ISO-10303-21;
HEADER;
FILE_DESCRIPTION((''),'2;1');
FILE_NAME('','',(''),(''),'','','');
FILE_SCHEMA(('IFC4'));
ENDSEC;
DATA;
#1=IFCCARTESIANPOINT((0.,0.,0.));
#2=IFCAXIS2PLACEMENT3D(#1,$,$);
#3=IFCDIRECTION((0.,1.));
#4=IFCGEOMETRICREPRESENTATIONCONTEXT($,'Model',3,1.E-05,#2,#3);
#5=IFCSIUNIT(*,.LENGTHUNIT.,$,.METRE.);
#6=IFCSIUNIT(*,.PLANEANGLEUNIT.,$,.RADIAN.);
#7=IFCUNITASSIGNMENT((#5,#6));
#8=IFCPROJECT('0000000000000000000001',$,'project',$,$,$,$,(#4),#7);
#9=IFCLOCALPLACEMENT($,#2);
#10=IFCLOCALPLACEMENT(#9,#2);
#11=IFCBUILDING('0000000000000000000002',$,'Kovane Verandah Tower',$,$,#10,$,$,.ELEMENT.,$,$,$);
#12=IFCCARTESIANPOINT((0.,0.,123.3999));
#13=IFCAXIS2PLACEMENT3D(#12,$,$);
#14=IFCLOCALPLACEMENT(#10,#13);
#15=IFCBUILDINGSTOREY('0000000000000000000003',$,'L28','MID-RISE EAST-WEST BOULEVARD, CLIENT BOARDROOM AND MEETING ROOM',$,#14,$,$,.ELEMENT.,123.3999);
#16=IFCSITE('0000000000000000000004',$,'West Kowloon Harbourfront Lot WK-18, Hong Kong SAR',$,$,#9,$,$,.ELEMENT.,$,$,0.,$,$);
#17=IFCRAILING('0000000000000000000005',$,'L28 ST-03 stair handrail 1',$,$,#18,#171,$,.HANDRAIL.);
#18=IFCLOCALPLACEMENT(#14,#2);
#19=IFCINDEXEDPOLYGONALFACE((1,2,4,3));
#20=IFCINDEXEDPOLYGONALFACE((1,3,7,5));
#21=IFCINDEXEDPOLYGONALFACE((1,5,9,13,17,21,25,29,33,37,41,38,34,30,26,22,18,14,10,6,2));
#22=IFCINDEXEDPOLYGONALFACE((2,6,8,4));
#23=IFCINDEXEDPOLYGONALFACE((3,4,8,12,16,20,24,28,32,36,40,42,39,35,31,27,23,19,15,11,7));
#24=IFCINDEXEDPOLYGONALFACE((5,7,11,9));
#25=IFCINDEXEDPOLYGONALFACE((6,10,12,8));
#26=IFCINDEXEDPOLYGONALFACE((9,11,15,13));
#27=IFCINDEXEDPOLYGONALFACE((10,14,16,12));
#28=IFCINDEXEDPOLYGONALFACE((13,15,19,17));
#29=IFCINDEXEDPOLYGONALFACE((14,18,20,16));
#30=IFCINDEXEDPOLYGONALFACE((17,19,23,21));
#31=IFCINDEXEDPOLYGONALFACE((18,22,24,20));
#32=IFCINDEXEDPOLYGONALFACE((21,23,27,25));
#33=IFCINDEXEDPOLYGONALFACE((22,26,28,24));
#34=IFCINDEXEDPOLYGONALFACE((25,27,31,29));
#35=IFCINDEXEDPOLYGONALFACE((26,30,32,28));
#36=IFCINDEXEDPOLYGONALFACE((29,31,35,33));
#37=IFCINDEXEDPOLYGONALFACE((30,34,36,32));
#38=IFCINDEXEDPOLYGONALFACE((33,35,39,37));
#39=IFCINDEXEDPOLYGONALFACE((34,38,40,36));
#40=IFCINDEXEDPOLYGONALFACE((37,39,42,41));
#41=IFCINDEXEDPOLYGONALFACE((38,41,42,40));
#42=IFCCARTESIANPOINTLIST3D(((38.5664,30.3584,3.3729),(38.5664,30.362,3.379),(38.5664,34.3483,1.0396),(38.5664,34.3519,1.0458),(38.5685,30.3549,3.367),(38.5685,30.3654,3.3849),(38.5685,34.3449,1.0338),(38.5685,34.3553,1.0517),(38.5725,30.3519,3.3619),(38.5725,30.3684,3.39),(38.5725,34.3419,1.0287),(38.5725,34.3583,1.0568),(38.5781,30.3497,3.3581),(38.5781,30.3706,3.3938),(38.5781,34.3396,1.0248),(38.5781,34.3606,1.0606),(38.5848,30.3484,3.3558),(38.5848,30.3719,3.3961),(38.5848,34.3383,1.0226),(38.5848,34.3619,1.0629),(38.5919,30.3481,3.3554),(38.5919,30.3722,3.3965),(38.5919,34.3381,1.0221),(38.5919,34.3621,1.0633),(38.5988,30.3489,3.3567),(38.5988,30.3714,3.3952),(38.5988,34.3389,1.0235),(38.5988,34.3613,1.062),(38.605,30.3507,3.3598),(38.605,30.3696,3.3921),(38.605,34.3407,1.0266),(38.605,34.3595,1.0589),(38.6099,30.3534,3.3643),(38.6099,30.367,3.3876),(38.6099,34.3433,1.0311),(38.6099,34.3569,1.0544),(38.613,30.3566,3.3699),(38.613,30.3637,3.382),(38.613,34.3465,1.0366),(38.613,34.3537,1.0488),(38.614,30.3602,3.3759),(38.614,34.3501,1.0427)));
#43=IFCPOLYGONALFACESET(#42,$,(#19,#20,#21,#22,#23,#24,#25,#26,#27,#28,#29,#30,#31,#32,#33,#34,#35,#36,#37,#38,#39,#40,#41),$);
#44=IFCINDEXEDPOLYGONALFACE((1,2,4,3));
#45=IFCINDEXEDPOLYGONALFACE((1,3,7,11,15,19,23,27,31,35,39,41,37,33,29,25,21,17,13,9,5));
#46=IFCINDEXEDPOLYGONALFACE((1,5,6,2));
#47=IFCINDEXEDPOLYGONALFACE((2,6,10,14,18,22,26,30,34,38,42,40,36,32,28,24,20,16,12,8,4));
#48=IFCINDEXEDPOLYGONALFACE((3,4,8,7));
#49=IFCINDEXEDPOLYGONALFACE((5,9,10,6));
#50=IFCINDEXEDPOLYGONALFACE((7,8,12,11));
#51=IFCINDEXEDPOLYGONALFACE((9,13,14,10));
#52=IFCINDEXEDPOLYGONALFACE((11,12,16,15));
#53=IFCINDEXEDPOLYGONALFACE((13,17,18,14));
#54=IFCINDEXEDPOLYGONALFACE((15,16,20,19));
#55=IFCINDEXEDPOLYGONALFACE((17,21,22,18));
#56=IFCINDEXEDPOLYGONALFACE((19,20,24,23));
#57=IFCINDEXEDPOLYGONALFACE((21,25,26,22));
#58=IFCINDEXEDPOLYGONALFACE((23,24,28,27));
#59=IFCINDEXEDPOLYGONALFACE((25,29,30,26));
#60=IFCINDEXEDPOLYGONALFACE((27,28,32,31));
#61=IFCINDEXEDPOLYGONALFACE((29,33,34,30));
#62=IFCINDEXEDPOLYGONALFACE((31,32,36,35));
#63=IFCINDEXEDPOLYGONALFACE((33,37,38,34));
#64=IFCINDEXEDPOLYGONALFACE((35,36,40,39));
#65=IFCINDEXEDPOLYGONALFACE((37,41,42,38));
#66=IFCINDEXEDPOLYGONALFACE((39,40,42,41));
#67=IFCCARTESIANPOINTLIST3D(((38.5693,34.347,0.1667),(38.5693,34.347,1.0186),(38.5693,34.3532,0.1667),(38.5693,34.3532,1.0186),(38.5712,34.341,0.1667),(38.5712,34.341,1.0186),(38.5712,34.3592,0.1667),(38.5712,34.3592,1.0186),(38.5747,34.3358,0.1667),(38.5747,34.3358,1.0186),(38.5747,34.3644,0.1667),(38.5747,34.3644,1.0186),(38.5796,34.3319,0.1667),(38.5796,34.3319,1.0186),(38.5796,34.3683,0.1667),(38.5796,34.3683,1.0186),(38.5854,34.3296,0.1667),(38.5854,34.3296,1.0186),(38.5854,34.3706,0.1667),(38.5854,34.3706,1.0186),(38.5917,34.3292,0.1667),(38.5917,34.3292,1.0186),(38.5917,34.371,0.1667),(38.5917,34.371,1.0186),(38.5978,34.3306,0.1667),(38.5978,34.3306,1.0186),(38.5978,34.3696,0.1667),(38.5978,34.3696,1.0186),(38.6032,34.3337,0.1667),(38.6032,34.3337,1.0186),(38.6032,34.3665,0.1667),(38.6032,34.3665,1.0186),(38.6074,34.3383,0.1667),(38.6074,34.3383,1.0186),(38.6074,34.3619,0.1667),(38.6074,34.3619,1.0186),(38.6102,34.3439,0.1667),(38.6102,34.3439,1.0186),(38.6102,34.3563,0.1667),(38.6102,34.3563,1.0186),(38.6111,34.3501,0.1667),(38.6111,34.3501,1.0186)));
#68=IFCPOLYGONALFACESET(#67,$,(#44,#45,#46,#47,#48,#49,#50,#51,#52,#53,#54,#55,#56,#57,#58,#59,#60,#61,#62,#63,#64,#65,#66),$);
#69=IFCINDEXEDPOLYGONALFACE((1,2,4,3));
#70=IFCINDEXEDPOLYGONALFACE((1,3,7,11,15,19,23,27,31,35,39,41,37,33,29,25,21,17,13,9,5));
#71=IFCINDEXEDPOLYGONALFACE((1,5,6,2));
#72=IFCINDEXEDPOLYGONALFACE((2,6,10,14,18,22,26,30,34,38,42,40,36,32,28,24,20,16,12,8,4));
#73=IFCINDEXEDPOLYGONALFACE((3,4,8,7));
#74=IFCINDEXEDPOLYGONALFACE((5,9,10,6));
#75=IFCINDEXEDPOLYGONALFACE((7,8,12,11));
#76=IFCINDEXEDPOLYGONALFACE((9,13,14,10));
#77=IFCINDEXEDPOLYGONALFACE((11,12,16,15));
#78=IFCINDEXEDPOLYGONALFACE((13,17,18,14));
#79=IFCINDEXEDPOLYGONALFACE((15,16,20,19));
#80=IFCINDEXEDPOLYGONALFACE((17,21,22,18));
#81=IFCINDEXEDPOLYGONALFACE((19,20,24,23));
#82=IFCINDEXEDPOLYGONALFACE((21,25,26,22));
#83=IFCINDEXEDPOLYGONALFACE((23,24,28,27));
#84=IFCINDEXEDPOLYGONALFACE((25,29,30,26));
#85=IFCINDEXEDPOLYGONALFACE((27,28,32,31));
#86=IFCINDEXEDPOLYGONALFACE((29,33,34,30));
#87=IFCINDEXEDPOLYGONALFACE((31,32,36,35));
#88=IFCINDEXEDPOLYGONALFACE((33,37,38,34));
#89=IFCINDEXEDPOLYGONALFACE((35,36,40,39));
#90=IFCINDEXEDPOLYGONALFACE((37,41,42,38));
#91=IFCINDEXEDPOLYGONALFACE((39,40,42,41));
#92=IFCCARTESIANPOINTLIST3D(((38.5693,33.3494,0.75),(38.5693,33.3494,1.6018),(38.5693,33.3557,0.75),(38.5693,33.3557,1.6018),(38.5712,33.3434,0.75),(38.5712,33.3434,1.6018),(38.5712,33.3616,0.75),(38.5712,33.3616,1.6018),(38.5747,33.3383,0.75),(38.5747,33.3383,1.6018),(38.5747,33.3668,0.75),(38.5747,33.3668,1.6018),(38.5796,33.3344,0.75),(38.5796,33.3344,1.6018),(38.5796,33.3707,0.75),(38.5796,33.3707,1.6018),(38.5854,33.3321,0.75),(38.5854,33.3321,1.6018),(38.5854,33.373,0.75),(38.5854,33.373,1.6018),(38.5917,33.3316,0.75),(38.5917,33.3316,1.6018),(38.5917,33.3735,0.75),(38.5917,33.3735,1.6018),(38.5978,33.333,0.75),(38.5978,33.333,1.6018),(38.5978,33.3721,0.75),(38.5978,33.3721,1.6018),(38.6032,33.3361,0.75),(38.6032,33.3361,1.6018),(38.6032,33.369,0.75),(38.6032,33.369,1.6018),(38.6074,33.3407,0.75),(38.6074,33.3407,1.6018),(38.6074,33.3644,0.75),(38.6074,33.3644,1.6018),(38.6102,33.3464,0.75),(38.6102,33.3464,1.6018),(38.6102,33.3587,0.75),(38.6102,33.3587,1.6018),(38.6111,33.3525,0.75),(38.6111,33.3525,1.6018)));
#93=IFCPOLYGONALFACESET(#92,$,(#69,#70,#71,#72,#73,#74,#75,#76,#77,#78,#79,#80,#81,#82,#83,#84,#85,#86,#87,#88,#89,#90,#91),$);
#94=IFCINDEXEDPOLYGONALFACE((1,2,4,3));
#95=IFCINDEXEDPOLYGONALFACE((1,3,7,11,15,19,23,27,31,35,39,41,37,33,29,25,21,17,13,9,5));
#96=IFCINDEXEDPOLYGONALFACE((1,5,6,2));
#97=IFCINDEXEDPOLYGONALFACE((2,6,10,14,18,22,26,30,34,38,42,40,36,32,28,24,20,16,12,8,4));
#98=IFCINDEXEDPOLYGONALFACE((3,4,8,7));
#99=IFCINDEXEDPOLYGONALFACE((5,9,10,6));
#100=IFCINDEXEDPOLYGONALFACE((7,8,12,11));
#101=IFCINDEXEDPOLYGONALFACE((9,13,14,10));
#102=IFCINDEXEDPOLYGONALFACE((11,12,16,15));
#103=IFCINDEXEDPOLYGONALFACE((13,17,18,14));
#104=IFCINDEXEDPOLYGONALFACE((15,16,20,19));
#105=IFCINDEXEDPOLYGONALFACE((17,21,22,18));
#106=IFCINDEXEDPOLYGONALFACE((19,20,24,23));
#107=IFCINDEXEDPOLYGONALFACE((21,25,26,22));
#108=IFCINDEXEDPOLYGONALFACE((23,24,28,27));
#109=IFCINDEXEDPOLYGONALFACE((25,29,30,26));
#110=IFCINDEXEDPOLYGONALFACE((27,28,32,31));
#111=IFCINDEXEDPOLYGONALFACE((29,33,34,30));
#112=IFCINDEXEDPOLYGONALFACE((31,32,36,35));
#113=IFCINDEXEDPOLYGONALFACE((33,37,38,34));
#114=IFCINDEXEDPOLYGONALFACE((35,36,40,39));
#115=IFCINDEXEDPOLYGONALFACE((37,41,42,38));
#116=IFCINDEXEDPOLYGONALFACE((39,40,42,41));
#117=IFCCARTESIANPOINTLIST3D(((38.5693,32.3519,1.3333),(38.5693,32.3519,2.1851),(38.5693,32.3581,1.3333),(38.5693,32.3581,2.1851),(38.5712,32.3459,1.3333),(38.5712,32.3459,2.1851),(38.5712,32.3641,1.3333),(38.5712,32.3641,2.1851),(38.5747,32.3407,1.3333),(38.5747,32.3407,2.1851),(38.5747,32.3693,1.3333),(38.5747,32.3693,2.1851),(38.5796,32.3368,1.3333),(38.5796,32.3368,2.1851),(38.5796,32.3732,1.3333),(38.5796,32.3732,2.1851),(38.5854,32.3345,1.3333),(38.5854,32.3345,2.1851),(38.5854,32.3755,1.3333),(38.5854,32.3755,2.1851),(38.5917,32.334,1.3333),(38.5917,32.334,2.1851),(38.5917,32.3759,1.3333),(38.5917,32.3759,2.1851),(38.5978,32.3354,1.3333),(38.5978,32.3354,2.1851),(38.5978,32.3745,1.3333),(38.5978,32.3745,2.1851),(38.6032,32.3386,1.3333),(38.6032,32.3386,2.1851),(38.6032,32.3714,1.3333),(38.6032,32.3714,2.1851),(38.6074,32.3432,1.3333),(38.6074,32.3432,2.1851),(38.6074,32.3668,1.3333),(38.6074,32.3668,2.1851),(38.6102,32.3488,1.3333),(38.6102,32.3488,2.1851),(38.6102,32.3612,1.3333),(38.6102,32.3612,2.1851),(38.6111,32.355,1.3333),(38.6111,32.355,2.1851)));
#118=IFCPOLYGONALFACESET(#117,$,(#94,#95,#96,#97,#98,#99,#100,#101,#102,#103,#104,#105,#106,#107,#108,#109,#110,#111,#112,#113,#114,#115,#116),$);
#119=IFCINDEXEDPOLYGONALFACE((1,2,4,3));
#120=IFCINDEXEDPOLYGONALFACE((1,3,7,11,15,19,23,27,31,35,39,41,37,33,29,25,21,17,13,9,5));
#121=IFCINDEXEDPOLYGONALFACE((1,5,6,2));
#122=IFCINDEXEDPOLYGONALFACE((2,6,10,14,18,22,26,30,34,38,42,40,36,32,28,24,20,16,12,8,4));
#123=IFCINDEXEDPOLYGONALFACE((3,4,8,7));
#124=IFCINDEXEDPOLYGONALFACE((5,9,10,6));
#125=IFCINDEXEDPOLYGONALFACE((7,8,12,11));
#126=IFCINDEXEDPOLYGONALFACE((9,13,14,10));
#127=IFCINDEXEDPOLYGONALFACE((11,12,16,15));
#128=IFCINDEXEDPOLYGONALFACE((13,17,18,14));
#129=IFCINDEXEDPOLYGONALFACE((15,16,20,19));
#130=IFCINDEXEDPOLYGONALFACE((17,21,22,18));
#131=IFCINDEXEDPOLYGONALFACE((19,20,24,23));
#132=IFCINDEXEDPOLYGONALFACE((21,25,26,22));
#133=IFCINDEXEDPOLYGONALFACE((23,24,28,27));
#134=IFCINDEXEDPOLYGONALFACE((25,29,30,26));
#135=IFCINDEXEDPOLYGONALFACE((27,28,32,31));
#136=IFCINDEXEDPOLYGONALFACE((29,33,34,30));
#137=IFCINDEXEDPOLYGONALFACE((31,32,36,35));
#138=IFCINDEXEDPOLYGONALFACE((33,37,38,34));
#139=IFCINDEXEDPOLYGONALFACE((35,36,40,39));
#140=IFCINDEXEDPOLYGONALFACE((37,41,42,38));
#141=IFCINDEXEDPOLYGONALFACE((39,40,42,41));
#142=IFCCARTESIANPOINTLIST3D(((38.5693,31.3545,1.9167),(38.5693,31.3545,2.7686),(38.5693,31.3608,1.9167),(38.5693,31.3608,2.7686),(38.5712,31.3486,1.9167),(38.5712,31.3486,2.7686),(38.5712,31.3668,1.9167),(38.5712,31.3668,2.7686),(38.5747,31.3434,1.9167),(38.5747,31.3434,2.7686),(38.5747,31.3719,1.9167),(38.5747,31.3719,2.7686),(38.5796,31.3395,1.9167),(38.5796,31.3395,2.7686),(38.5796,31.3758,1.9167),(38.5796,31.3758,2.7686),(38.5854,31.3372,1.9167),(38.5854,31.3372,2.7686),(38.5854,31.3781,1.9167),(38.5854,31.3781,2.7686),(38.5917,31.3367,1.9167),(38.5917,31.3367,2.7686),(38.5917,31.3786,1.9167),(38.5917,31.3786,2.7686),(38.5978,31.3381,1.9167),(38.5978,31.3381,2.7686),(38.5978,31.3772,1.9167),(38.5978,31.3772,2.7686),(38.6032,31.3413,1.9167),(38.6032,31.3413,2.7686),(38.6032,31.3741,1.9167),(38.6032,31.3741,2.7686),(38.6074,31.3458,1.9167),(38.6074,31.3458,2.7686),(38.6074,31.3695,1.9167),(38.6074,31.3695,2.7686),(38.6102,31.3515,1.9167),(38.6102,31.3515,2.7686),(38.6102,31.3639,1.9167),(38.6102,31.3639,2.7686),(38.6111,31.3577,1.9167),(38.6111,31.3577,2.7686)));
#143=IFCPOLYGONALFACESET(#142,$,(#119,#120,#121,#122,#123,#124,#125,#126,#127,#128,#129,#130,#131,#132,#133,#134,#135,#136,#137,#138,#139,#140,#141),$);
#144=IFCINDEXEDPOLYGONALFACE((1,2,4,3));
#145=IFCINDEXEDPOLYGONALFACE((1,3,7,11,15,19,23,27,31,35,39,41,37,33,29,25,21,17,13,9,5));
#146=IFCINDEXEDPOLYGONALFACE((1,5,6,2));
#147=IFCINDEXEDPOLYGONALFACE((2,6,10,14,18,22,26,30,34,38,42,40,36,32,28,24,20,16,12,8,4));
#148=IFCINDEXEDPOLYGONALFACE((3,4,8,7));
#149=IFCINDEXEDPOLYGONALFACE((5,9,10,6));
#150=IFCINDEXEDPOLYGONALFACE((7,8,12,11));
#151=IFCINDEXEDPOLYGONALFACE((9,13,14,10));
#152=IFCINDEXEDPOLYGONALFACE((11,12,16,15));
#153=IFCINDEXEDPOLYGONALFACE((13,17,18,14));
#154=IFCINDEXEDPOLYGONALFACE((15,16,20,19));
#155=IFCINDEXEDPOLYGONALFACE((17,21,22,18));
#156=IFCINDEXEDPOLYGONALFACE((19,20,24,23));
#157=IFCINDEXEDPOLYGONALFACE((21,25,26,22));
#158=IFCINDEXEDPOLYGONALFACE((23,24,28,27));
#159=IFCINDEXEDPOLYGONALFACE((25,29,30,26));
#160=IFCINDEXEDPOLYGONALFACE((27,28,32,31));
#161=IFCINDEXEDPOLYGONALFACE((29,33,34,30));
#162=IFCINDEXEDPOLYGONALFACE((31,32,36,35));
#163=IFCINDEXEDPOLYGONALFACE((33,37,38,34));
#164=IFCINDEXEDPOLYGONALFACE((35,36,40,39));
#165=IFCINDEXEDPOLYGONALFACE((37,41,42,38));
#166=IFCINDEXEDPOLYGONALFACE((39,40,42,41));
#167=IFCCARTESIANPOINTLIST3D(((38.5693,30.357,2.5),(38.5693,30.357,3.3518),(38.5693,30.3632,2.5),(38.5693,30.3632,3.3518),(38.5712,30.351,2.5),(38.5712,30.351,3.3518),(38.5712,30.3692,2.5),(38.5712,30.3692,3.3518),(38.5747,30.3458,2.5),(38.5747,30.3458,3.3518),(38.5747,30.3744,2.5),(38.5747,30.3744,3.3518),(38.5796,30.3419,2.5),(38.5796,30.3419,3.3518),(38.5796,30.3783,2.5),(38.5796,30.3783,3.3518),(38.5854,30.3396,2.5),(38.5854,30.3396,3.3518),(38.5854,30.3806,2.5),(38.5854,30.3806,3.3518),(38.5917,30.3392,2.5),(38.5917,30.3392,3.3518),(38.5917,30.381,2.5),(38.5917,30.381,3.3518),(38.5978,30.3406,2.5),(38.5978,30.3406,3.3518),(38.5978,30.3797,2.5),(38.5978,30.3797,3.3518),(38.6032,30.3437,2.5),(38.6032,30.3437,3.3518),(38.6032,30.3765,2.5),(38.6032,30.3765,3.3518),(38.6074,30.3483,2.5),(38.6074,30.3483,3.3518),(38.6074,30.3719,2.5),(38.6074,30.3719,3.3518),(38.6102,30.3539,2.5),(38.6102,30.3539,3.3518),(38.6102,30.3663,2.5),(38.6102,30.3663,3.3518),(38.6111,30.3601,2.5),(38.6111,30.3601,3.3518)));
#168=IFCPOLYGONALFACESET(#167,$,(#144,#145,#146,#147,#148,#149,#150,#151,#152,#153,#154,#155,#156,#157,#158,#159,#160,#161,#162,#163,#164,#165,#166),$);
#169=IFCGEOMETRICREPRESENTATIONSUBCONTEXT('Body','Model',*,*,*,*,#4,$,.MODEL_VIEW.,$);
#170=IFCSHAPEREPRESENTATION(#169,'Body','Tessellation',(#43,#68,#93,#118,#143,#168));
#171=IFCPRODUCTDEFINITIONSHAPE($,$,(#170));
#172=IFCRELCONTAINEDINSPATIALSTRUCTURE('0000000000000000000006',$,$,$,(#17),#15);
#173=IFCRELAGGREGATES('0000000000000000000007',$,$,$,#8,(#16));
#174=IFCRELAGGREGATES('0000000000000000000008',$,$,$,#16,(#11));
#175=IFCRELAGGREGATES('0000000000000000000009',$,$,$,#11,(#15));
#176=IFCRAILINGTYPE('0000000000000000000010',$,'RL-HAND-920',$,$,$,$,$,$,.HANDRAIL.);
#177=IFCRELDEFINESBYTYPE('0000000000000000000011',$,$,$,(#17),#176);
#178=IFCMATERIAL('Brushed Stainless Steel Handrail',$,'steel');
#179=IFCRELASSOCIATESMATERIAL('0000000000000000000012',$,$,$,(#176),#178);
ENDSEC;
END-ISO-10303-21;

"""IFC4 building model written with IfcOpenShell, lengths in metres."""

from ifc_helpers import new_model, si_unit, direction, frame, origin, origin_2d, place, context, subcontext, project, spatial, circle, extrude, material, type_object, element, save


model = new_model("IFC4")

# Units and contexts
model_context = context("Model", 3, precision=1e-05, world=origin(), true_north=direction((0.0, 1.0)))
body_context = subcontext(model_context, "Body", "Model", "MODEL_VIEW")
ifc_project = project(units=[si_unit("LENGTHUNIT", "METRE"), si_unit("PLANEANGLEUNIT", "RADIAN")], contexts=[model_context])

# Site, building, storey
site_placement = place(None, origin())
site = spatial("IfcSite", under=ifc_project, at=site_placement, Name="West Kowloon Harbourfront Lot WK-18, Hong Kong SAR", CompositionType="ELEMENT", RefElevation=0.0)
building_placement = place(site_placement, origin())
building = spatial("IfcBuilding", under=site, at=building_placement, Name="Kovane Verandah Tower", CompositionType="ELEMENT")
storey_placement = place(building_placement, frame((0.0, 0.0, 123.3999)))
storey = spatial("IfcBuildingStorey", under=building, at=storey_placement, Name="L28", Description="MID-RISE EAST-WEST BOULEVARD, CLIENT BOARDROOM AND MEETING ROOM", CompositionType="ELEMENT", Elevation=123.3999)

# Railing
ifc_material_1 = material(Name="Brushed Stainless Steel Handrail", Category="steel")
railing_type_1 = type_object("IfcRailingType", Name="RL-HAND-920", PredefinedType="HANDRAIL", material=ifc_material_1)
railing_1_placement = place(storey_placement, frame((38.5901, 34.3501, 0.1667)))
element("IfcRailing", 1, at=railing_1_placement, inside=storey, type_object=railing_type_1, Name="L28 ST-03 stair handrail 1", PredefinedType="HANDRAIL", context=body_context, shape_type="SweptSolid", body=[
    extrude(circle(Radius=0.0239, at=origin_2d()), frame((0.0, 0.0, 0.876), z_axis=(0.0, -0.863236, 0.5048), x_axis=(1.0, 0.0, 0.0)), (0.0, 0.0, 1.0), 4.6221),
    extrude(circle(Radius=0.021, at=origin_2d()), origin(), (0.0, 0.0, 1.0), 0.8518),
    extrude(circle(Radius=0.021, at=origin_2d()), frame((0.0, -0.9976, 0.5833)), (0.0, 0.0, 1.0), 0.8518),
    extrude(circle(Radius=0.021, at=origin_2d()), frame((0.0, -1.9951, 1.1665)), (0.0, 0.0, 1.0), 0.8518),
    extrude(circle(Radius=0.021, at=origin_2d()), frame((0.0, -2.9924, 1.75)), (0.0, 0.0, 1.0), 0.8518),
    extrude(circle(Radius=0.021, at=origin_2d()), frame((0.0, -3.99, 2.3333)), (0.0, 0.0, 1.0), 0.8518),
])

save(model, "model.ifc")
